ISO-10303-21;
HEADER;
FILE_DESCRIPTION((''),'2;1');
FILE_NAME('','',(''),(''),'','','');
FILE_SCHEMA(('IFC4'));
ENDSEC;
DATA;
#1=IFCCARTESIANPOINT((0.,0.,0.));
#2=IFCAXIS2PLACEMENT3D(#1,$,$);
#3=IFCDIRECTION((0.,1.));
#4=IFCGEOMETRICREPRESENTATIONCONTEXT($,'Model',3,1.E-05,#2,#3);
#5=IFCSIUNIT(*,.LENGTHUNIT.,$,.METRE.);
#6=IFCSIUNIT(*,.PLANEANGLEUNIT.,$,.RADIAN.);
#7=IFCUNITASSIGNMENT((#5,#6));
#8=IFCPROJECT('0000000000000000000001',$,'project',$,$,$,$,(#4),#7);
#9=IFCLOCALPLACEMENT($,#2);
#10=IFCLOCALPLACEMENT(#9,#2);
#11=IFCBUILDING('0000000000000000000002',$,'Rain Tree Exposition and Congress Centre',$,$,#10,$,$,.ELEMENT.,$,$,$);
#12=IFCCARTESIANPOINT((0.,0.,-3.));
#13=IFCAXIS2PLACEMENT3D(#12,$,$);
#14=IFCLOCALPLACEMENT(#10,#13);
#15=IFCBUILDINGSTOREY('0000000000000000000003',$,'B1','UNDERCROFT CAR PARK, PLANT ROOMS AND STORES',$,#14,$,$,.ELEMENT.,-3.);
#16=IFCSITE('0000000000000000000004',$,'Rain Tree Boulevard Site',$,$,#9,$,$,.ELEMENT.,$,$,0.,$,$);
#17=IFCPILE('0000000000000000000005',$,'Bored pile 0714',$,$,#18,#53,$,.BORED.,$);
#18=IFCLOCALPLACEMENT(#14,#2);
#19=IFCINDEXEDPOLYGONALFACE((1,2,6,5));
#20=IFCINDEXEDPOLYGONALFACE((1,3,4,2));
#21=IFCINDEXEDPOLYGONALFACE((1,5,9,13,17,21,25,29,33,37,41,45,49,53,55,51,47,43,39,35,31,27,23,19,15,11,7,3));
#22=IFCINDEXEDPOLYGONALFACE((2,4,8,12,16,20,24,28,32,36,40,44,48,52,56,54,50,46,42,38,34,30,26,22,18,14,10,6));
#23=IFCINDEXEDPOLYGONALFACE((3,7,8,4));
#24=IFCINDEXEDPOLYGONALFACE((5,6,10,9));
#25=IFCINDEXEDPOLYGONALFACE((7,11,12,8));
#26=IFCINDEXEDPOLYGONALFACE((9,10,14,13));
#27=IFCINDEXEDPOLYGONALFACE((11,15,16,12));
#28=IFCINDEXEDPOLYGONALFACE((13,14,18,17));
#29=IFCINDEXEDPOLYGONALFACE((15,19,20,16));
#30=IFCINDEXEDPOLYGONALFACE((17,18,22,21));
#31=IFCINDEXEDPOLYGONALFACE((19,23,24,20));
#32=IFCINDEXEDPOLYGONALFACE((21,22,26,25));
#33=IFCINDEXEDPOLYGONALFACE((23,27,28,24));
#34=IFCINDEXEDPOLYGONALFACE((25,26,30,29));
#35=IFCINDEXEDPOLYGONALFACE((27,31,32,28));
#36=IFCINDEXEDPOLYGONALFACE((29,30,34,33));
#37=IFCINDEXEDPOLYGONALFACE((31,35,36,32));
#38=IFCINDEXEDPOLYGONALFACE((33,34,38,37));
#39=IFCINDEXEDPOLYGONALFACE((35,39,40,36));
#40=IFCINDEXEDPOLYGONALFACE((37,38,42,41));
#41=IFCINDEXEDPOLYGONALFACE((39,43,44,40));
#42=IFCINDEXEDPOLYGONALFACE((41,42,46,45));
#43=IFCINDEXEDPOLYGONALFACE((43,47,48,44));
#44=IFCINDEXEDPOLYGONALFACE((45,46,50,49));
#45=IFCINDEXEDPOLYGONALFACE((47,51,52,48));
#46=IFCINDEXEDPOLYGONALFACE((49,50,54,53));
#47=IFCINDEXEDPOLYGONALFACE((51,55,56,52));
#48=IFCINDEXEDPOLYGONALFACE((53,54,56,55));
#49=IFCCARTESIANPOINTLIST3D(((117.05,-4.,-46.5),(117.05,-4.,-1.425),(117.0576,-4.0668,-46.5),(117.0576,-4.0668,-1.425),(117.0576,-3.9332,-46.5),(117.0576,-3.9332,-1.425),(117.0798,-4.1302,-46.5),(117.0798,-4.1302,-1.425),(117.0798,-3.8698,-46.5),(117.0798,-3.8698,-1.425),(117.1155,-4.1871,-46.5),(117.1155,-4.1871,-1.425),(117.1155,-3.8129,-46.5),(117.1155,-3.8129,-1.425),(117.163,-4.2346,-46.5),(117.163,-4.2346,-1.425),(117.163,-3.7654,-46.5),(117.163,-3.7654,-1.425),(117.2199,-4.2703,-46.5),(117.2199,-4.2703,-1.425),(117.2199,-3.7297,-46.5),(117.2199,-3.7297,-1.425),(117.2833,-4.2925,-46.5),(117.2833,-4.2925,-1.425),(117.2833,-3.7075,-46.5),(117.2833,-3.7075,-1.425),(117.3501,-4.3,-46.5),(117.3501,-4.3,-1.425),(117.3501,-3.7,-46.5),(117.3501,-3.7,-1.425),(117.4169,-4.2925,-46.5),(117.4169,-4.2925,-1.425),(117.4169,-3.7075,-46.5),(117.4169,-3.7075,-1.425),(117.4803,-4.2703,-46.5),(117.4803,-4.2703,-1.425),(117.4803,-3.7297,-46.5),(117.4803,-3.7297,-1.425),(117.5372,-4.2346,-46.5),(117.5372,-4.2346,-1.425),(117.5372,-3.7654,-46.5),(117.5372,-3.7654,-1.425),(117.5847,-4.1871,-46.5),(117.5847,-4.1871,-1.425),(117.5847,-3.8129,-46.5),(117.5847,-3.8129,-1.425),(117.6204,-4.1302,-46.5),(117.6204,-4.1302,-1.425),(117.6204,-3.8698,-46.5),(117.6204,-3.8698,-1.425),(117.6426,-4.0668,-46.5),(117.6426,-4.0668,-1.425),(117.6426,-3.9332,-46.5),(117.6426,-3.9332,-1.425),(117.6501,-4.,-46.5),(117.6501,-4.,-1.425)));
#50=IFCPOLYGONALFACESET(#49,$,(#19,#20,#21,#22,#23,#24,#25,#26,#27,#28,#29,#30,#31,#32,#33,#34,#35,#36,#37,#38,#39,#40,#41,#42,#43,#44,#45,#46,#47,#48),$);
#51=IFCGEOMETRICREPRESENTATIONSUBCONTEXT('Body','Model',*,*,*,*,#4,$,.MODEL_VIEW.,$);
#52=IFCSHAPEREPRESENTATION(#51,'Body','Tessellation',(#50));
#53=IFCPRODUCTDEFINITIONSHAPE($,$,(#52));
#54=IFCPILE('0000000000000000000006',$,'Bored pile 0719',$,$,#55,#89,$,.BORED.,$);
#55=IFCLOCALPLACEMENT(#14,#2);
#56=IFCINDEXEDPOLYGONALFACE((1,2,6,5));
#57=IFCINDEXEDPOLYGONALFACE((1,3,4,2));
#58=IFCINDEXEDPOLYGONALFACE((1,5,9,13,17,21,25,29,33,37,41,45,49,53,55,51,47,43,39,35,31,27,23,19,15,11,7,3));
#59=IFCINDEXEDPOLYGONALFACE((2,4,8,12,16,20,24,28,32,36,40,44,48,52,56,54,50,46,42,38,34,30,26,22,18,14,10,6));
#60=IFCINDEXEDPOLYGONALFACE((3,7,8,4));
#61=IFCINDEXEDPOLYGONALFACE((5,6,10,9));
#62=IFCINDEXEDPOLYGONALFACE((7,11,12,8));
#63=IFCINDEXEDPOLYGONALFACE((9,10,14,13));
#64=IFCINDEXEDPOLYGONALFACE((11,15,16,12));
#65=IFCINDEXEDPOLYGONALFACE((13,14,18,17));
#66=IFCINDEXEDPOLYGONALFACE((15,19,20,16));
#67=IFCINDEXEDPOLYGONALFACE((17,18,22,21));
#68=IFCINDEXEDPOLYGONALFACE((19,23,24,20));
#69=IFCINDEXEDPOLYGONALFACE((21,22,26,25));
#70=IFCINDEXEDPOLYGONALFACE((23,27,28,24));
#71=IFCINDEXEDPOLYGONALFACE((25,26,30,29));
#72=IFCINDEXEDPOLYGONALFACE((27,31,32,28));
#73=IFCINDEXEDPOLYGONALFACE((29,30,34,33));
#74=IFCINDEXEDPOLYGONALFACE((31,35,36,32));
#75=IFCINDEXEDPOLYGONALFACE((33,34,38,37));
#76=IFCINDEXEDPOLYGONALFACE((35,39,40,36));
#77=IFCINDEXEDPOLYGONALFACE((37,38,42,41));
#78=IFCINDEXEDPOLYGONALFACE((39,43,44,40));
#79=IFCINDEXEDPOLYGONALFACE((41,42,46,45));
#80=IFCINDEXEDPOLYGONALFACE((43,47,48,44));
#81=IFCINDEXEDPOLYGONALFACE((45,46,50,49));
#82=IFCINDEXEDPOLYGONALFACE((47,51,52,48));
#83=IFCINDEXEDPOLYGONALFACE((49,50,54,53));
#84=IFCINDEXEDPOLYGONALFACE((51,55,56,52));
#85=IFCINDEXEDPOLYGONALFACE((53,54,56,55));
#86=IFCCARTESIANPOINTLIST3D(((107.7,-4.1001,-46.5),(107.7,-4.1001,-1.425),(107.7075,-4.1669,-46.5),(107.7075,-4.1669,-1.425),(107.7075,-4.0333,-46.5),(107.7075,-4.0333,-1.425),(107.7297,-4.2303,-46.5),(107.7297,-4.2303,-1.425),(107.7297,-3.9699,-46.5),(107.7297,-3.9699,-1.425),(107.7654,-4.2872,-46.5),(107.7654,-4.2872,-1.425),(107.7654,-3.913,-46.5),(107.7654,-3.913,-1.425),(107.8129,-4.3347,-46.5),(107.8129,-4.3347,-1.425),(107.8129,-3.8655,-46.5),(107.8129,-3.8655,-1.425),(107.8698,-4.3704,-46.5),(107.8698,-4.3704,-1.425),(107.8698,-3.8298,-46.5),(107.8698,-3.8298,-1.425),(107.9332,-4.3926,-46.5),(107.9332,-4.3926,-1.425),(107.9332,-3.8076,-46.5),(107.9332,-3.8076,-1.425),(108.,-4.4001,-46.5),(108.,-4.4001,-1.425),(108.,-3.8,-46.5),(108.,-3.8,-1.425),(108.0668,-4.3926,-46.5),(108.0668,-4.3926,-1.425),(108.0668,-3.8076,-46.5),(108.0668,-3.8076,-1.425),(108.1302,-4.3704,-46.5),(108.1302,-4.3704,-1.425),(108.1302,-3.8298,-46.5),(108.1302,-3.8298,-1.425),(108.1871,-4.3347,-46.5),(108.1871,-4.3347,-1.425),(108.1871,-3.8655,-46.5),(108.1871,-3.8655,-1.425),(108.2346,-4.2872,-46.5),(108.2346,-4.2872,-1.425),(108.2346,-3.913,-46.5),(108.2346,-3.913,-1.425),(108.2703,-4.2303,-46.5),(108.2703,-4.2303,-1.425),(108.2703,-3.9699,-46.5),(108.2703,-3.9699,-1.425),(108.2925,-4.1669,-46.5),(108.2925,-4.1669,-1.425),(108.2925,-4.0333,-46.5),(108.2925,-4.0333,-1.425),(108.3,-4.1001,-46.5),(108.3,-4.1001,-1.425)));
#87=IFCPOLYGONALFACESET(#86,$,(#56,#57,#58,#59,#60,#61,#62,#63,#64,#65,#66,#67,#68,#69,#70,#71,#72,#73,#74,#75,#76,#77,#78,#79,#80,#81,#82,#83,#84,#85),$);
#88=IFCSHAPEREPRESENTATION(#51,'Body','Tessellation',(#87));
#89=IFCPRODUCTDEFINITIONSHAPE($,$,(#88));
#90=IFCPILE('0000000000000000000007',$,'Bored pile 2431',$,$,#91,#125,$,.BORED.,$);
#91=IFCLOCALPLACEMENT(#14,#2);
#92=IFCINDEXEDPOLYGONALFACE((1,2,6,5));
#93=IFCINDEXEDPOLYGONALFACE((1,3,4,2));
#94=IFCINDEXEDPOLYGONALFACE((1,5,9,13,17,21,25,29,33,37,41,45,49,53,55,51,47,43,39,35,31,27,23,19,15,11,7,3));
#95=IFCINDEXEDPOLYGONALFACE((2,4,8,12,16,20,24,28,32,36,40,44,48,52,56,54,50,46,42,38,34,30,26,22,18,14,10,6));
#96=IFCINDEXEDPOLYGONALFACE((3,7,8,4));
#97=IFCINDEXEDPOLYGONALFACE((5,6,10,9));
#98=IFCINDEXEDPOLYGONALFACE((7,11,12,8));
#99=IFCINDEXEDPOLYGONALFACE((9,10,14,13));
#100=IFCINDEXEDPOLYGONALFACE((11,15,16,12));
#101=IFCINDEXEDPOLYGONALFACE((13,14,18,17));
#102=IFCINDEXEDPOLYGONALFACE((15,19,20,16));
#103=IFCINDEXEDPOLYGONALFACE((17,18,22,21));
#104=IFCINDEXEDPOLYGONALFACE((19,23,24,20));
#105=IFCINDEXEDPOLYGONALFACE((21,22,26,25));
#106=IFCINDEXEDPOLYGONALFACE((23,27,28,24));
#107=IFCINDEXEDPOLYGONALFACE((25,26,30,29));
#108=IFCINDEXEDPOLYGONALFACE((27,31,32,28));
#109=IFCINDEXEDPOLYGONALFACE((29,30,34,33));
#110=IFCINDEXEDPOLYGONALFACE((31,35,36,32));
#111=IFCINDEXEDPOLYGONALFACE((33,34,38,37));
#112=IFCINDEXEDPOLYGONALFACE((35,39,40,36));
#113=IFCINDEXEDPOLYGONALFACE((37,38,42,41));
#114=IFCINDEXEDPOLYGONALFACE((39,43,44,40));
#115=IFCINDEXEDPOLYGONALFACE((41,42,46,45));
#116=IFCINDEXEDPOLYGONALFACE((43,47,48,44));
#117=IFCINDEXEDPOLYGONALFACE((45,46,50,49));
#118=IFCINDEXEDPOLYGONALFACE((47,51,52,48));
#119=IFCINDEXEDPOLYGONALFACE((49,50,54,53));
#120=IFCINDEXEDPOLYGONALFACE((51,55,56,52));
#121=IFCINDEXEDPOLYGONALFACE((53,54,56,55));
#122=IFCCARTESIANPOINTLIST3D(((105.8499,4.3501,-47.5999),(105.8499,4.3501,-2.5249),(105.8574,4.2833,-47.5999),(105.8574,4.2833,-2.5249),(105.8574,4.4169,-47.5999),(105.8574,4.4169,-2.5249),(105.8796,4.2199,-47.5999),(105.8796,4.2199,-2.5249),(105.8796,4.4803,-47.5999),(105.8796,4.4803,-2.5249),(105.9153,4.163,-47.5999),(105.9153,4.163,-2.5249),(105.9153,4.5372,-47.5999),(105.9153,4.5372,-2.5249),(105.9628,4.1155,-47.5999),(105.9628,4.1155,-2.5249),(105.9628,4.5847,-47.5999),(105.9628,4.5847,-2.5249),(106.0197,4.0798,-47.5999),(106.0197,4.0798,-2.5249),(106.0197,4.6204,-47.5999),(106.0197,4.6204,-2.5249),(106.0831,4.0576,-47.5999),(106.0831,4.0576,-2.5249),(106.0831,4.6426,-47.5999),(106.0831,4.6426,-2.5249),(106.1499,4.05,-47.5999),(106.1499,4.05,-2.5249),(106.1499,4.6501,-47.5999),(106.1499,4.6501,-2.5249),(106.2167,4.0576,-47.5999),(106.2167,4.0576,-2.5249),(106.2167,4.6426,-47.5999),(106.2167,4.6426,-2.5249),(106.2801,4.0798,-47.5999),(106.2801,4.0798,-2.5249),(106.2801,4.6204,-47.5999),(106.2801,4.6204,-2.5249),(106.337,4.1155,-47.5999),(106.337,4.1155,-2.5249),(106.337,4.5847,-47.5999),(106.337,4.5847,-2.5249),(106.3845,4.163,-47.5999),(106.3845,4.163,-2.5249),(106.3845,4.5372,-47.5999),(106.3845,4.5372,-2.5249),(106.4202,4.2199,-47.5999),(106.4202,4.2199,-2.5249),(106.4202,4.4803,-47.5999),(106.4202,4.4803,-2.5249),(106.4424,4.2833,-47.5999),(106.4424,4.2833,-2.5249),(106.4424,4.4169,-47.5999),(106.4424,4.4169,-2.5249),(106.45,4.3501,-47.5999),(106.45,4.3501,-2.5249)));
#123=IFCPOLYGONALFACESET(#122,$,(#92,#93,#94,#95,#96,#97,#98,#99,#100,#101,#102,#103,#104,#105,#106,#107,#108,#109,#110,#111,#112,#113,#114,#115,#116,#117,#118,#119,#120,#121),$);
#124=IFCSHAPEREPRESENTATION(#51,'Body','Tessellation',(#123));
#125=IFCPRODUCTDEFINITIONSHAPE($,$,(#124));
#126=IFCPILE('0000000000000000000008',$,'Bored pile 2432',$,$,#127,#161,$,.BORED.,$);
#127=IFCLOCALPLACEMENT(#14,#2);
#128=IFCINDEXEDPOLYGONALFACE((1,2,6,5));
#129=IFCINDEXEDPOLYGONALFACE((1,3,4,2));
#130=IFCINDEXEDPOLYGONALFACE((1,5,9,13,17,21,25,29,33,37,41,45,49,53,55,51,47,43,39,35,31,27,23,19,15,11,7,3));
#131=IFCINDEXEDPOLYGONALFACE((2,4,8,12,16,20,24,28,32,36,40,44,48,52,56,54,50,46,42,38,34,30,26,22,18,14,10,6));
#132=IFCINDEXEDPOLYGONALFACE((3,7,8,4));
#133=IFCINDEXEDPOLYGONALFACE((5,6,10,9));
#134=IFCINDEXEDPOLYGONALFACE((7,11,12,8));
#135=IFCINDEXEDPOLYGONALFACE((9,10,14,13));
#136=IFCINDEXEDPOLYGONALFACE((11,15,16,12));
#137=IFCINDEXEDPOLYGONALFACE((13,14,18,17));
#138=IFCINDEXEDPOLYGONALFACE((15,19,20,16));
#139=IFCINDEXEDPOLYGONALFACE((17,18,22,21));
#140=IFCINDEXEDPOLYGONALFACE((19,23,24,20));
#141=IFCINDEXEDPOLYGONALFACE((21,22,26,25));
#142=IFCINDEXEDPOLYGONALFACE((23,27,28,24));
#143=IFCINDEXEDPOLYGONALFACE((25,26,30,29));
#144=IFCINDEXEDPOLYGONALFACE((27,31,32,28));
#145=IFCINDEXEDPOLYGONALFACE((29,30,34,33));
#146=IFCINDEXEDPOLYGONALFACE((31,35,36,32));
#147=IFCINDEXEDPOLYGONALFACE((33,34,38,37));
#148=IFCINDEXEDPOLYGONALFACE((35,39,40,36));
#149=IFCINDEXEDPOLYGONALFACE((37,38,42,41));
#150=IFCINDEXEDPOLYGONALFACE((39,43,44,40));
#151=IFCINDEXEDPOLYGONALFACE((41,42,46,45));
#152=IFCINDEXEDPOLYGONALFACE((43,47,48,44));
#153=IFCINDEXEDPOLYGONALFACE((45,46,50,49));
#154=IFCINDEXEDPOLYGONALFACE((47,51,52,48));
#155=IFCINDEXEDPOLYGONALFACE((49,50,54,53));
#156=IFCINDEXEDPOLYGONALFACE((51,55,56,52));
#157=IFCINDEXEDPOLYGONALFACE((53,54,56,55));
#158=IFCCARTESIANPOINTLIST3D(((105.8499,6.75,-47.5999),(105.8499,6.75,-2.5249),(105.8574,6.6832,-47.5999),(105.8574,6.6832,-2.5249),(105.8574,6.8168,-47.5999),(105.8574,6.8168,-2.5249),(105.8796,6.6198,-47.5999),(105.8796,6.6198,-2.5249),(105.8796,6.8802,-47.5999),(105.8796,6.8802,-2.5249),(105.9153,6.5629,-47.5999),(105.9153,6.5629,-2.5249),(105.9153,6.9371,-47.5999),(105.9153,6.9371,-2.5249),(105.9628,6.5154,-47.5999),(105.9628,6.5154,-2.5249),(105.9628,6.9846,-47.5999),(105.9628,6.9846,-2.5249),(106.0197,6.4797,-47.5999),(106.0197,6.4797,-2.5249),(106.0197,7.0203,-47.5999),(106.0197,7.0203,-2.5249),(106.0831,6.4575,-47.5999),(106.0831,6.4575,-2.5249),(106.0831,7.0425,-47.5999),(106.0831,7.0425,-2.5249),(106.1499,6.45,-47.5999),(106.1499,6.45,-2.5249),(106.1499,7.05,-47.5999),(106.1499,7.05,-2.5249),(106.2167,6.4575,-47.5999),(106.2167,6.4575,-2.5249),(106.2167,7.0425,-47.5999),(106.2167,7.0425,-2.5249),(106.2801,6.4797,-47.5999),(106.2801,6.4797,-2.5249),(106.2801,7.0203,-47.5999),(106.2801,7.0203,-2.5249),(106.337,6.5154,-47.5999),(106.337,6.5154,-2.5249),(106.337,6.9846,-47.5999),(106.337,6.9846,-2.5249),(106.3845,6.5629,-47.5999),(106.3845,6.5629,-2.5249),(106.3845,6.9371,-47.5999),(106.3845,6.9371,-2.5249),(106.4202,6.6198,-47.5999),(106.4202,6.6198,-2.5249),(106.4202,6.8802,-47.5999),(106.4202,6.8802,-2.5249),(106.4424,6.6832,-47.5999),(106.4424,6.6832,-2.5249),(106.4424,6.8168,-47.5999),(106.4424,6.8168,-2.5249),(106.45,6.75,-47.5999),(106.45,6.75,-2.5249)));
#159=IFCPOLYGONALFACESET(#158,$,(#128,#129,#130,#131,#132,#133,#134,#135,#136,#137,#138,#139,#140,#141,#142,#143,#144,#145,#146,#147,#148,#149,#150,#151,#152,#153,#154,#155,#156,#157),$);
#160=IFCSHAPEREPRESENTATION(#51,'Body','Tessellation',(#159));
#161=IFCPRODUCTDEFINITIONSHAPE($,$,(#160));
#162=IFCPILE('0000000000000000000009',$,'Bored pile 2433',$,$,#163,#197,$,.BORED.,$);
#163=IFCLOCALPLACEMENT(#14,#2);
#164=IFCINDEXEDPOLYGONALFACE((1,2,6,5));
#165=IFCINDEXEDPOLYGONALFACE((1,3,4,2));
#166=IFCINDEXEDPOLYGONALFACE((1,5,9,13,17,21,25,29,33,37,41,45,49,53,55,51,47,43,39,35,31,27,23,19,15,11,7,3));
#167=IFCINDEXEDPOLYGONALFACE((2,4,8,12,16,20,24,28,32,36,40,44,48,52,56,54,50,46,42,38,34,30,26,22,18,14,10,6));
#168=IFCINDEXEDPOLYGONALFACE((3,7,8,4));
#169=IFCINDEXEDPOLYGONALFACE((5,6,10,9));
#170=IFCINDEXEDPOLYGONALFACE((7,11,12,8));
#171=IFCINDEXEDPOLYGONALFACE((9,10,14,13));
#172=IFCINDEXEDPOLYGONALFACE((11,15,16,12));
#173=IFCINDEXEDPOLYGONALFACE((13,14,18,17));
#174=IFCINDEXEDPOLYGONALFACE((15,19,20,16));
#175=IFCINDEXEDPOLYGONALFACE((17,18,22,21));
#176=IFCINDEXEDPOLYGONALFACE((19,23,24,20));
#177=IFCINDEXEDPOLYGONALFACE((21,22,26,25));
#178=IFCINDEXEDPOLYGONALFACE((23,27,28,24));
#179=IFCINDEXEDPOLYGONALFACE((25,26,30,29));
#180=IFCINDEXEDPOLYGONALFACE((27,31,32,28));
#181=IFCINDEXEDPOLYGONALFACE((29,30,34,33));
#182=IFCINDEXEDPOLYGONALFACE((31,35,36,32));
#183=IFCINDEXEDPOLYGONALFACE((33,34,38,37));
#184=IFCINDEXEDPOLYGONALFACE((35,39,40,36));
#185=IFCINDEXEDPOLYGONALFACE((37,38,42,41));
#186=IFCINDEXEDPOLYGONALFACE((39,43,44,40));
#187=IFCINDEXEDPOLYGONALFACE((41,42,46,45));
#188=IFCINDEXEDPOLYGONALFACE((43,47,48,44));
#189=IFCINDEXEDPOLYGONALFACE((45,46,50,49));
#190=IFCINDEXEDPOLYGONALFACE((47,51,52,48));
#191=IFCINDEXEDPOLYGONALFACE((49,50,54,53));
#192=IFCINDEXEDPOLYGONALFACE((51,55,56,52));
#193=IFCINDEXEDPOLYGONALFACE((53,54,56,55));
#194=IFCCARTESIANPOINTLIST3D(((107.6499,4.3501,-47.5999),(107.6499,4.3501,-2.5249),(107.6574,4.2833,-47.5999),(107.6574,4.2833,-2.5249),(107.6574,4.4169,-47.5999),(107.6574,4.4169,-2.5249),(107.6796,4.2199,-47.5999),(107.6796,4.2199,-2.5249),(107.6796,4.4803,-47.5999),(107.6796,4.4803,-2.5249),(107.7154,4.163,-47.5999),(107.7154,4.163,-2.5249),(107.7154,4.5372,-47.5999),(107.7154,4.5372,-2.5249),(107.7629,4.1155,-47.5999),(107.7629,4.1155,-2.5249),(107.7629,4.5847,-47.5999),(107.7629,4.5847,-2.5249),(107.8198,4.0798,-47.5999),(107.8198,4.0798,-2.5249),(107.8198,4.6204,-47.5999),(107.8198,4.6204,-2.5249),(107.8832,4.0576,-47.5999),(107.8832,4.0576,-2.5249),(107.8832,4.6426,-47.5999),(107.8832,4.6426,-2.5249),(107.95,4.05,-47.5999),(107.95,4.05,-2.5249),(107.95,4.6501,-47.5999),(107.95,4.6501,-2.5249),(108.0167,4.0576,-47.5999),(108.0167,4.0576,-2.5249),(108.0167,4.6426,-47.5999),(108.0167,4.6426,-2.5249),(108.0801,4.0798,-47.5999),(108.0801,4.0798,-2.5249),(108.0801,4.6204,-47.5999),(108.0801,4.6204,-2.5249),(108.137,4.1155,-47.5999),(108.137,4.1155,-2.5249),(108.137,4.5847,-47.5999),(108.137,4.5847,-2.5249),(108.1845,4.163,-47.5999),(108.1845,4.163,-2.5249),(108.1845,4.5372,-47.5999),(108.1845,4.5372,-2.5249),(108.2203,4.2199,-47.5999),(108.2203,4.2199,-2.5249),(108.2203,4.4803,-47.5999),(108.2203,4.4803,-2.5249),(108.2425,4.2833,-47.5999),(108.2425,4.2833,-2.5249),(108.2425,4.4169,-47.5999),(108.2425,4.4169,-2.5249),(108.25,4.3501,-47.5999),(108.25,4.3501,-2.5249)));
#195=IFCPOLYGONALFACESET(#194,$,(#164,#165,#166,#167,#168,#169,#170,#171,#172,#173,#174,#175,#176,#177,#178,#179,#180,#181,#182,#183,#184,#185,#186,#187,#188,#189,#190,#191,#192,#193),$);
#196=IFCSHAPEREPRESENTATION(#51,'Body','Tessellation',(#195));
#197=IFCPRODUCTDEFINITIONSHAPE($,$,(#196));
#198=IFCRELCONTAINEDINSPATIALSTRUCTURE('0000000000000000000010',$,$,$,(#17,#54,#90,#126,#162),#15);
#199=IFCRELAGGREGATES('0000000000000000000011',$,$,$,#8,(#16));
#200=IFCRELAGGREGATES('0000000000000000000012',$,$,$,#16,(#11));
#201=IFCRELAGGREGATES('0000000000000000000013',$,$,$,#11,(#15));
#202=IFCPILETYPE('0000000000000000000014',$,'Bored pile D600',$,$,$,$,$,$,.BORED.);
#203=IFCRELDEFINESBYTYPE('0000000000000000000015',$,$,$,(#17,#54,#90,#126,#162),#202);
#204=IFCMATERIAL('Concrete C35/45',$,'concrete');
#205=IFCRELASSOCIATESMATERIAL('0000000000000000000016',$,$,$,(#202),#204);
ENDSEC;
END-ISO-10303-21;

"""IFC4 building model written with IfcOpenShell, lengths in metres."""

from ifc_helpers import new_model, si_unit, direction, frame, origin, origin_2d, place, context, subcontext, project, spatial, circle, extrude, material, material_profile, profile_set, type_object, element, save


model = new_model("IFC4")

# Units and contexts
model_context = context("Model", 3, precision=1e-05, world=origin(), true_north=direction((0.0, 1.0)))
body_context = subcontext(model_context, "Body", "Model", "MODEL_VIEW")
ifc_project = project(units=[si_unit("LENGTHUNIT", "METRE"), si_unit("PLANEANGLEUNIT", "RADIAN")], contexts=[model_context])

# Site, building, storey
site_placement = place(None, origin())
site = spatial("IfcSite", under=ifc_project, at=site_placement, Name="Rain Tree Boulevard Site", CompositionType="ELEMENT", RefElevation=0.0)
building_placement = place(site_placement, origin())
building = spatial("IfcBuilding", under=site, at=building_placement, Name="Rain Tree Exposition and Congress Centre", CompositionType="ELEMENT")
storey_placement = place(building_placement, frame((0.0, 0.0, -3.0)))
storey = spatial("IfcBuildingStorey", under=building, at=storey_placement, Name="B1", Description="UNDERCROFT CAR PARK, PLANT ROOMS AND STORES", CompositionType="ELEMENT", Elevation=-3.0)

# Piles
ifc_material_1 = material(Name="Concrete C35/45", Category="concrete")
ifc_material_profile_1 = material_profile(ifc_material_1, circle(Radius=0.3, at=origin_2d()), Name="D600")
ifc_profile_set_1 = profile_set([ifc_material_profile_1], Name="Concrete C35/45")
pile_type_1 = type_object("IfcPileType", Name="Bored pile D600", PredefinedType="BORED", material=ifc_profile_set_1)
for number, where, z_axis, x_axis, name in (
    (1, (117.3501, -4.0, -1.425), (0.0, 0.0, -1.0), (1.0, 0.0, 0.0), "Bored pile 0714"),
    (2, (108.0, -4.1001, -1.425), (0.0, 0.0, -1.0), (1.0, 0.0, 0.0), "Bored pile 0719"),
    (3, (106.1499, 4.3501, -2.5249), (0.0, 0.0, -1.0), (1.0, 0.0, 0.0), "Bored pile 2431"),
    (4, (106.1499, 6.75, -2.5249), (0.0, 0.0, -1.0), (1.0, 0.0, 0.0), "Bored pile 2432"),
    (5, (107.95, 4.3501, -2.5249), (0.0, 0.0, -1.0), (1.0, 0.0, 0.0), "Bored pile 2433"),
):
    element("IfcPile", number, at=place(storey_placement, frame(where, z_axis=z_axis, x_axis=x_axis)), inside=storey, type_object=pile_type_1, Name=name, PredefinedType="BORED", context=body_context, shape_type="SweptSolid", body=[
        extrude(circle(Radius=0.3, at=origin_2d()), origin(), (0.0, 0.0, 1.0), 45.075),
    ])

save(model, "model.ifc")
